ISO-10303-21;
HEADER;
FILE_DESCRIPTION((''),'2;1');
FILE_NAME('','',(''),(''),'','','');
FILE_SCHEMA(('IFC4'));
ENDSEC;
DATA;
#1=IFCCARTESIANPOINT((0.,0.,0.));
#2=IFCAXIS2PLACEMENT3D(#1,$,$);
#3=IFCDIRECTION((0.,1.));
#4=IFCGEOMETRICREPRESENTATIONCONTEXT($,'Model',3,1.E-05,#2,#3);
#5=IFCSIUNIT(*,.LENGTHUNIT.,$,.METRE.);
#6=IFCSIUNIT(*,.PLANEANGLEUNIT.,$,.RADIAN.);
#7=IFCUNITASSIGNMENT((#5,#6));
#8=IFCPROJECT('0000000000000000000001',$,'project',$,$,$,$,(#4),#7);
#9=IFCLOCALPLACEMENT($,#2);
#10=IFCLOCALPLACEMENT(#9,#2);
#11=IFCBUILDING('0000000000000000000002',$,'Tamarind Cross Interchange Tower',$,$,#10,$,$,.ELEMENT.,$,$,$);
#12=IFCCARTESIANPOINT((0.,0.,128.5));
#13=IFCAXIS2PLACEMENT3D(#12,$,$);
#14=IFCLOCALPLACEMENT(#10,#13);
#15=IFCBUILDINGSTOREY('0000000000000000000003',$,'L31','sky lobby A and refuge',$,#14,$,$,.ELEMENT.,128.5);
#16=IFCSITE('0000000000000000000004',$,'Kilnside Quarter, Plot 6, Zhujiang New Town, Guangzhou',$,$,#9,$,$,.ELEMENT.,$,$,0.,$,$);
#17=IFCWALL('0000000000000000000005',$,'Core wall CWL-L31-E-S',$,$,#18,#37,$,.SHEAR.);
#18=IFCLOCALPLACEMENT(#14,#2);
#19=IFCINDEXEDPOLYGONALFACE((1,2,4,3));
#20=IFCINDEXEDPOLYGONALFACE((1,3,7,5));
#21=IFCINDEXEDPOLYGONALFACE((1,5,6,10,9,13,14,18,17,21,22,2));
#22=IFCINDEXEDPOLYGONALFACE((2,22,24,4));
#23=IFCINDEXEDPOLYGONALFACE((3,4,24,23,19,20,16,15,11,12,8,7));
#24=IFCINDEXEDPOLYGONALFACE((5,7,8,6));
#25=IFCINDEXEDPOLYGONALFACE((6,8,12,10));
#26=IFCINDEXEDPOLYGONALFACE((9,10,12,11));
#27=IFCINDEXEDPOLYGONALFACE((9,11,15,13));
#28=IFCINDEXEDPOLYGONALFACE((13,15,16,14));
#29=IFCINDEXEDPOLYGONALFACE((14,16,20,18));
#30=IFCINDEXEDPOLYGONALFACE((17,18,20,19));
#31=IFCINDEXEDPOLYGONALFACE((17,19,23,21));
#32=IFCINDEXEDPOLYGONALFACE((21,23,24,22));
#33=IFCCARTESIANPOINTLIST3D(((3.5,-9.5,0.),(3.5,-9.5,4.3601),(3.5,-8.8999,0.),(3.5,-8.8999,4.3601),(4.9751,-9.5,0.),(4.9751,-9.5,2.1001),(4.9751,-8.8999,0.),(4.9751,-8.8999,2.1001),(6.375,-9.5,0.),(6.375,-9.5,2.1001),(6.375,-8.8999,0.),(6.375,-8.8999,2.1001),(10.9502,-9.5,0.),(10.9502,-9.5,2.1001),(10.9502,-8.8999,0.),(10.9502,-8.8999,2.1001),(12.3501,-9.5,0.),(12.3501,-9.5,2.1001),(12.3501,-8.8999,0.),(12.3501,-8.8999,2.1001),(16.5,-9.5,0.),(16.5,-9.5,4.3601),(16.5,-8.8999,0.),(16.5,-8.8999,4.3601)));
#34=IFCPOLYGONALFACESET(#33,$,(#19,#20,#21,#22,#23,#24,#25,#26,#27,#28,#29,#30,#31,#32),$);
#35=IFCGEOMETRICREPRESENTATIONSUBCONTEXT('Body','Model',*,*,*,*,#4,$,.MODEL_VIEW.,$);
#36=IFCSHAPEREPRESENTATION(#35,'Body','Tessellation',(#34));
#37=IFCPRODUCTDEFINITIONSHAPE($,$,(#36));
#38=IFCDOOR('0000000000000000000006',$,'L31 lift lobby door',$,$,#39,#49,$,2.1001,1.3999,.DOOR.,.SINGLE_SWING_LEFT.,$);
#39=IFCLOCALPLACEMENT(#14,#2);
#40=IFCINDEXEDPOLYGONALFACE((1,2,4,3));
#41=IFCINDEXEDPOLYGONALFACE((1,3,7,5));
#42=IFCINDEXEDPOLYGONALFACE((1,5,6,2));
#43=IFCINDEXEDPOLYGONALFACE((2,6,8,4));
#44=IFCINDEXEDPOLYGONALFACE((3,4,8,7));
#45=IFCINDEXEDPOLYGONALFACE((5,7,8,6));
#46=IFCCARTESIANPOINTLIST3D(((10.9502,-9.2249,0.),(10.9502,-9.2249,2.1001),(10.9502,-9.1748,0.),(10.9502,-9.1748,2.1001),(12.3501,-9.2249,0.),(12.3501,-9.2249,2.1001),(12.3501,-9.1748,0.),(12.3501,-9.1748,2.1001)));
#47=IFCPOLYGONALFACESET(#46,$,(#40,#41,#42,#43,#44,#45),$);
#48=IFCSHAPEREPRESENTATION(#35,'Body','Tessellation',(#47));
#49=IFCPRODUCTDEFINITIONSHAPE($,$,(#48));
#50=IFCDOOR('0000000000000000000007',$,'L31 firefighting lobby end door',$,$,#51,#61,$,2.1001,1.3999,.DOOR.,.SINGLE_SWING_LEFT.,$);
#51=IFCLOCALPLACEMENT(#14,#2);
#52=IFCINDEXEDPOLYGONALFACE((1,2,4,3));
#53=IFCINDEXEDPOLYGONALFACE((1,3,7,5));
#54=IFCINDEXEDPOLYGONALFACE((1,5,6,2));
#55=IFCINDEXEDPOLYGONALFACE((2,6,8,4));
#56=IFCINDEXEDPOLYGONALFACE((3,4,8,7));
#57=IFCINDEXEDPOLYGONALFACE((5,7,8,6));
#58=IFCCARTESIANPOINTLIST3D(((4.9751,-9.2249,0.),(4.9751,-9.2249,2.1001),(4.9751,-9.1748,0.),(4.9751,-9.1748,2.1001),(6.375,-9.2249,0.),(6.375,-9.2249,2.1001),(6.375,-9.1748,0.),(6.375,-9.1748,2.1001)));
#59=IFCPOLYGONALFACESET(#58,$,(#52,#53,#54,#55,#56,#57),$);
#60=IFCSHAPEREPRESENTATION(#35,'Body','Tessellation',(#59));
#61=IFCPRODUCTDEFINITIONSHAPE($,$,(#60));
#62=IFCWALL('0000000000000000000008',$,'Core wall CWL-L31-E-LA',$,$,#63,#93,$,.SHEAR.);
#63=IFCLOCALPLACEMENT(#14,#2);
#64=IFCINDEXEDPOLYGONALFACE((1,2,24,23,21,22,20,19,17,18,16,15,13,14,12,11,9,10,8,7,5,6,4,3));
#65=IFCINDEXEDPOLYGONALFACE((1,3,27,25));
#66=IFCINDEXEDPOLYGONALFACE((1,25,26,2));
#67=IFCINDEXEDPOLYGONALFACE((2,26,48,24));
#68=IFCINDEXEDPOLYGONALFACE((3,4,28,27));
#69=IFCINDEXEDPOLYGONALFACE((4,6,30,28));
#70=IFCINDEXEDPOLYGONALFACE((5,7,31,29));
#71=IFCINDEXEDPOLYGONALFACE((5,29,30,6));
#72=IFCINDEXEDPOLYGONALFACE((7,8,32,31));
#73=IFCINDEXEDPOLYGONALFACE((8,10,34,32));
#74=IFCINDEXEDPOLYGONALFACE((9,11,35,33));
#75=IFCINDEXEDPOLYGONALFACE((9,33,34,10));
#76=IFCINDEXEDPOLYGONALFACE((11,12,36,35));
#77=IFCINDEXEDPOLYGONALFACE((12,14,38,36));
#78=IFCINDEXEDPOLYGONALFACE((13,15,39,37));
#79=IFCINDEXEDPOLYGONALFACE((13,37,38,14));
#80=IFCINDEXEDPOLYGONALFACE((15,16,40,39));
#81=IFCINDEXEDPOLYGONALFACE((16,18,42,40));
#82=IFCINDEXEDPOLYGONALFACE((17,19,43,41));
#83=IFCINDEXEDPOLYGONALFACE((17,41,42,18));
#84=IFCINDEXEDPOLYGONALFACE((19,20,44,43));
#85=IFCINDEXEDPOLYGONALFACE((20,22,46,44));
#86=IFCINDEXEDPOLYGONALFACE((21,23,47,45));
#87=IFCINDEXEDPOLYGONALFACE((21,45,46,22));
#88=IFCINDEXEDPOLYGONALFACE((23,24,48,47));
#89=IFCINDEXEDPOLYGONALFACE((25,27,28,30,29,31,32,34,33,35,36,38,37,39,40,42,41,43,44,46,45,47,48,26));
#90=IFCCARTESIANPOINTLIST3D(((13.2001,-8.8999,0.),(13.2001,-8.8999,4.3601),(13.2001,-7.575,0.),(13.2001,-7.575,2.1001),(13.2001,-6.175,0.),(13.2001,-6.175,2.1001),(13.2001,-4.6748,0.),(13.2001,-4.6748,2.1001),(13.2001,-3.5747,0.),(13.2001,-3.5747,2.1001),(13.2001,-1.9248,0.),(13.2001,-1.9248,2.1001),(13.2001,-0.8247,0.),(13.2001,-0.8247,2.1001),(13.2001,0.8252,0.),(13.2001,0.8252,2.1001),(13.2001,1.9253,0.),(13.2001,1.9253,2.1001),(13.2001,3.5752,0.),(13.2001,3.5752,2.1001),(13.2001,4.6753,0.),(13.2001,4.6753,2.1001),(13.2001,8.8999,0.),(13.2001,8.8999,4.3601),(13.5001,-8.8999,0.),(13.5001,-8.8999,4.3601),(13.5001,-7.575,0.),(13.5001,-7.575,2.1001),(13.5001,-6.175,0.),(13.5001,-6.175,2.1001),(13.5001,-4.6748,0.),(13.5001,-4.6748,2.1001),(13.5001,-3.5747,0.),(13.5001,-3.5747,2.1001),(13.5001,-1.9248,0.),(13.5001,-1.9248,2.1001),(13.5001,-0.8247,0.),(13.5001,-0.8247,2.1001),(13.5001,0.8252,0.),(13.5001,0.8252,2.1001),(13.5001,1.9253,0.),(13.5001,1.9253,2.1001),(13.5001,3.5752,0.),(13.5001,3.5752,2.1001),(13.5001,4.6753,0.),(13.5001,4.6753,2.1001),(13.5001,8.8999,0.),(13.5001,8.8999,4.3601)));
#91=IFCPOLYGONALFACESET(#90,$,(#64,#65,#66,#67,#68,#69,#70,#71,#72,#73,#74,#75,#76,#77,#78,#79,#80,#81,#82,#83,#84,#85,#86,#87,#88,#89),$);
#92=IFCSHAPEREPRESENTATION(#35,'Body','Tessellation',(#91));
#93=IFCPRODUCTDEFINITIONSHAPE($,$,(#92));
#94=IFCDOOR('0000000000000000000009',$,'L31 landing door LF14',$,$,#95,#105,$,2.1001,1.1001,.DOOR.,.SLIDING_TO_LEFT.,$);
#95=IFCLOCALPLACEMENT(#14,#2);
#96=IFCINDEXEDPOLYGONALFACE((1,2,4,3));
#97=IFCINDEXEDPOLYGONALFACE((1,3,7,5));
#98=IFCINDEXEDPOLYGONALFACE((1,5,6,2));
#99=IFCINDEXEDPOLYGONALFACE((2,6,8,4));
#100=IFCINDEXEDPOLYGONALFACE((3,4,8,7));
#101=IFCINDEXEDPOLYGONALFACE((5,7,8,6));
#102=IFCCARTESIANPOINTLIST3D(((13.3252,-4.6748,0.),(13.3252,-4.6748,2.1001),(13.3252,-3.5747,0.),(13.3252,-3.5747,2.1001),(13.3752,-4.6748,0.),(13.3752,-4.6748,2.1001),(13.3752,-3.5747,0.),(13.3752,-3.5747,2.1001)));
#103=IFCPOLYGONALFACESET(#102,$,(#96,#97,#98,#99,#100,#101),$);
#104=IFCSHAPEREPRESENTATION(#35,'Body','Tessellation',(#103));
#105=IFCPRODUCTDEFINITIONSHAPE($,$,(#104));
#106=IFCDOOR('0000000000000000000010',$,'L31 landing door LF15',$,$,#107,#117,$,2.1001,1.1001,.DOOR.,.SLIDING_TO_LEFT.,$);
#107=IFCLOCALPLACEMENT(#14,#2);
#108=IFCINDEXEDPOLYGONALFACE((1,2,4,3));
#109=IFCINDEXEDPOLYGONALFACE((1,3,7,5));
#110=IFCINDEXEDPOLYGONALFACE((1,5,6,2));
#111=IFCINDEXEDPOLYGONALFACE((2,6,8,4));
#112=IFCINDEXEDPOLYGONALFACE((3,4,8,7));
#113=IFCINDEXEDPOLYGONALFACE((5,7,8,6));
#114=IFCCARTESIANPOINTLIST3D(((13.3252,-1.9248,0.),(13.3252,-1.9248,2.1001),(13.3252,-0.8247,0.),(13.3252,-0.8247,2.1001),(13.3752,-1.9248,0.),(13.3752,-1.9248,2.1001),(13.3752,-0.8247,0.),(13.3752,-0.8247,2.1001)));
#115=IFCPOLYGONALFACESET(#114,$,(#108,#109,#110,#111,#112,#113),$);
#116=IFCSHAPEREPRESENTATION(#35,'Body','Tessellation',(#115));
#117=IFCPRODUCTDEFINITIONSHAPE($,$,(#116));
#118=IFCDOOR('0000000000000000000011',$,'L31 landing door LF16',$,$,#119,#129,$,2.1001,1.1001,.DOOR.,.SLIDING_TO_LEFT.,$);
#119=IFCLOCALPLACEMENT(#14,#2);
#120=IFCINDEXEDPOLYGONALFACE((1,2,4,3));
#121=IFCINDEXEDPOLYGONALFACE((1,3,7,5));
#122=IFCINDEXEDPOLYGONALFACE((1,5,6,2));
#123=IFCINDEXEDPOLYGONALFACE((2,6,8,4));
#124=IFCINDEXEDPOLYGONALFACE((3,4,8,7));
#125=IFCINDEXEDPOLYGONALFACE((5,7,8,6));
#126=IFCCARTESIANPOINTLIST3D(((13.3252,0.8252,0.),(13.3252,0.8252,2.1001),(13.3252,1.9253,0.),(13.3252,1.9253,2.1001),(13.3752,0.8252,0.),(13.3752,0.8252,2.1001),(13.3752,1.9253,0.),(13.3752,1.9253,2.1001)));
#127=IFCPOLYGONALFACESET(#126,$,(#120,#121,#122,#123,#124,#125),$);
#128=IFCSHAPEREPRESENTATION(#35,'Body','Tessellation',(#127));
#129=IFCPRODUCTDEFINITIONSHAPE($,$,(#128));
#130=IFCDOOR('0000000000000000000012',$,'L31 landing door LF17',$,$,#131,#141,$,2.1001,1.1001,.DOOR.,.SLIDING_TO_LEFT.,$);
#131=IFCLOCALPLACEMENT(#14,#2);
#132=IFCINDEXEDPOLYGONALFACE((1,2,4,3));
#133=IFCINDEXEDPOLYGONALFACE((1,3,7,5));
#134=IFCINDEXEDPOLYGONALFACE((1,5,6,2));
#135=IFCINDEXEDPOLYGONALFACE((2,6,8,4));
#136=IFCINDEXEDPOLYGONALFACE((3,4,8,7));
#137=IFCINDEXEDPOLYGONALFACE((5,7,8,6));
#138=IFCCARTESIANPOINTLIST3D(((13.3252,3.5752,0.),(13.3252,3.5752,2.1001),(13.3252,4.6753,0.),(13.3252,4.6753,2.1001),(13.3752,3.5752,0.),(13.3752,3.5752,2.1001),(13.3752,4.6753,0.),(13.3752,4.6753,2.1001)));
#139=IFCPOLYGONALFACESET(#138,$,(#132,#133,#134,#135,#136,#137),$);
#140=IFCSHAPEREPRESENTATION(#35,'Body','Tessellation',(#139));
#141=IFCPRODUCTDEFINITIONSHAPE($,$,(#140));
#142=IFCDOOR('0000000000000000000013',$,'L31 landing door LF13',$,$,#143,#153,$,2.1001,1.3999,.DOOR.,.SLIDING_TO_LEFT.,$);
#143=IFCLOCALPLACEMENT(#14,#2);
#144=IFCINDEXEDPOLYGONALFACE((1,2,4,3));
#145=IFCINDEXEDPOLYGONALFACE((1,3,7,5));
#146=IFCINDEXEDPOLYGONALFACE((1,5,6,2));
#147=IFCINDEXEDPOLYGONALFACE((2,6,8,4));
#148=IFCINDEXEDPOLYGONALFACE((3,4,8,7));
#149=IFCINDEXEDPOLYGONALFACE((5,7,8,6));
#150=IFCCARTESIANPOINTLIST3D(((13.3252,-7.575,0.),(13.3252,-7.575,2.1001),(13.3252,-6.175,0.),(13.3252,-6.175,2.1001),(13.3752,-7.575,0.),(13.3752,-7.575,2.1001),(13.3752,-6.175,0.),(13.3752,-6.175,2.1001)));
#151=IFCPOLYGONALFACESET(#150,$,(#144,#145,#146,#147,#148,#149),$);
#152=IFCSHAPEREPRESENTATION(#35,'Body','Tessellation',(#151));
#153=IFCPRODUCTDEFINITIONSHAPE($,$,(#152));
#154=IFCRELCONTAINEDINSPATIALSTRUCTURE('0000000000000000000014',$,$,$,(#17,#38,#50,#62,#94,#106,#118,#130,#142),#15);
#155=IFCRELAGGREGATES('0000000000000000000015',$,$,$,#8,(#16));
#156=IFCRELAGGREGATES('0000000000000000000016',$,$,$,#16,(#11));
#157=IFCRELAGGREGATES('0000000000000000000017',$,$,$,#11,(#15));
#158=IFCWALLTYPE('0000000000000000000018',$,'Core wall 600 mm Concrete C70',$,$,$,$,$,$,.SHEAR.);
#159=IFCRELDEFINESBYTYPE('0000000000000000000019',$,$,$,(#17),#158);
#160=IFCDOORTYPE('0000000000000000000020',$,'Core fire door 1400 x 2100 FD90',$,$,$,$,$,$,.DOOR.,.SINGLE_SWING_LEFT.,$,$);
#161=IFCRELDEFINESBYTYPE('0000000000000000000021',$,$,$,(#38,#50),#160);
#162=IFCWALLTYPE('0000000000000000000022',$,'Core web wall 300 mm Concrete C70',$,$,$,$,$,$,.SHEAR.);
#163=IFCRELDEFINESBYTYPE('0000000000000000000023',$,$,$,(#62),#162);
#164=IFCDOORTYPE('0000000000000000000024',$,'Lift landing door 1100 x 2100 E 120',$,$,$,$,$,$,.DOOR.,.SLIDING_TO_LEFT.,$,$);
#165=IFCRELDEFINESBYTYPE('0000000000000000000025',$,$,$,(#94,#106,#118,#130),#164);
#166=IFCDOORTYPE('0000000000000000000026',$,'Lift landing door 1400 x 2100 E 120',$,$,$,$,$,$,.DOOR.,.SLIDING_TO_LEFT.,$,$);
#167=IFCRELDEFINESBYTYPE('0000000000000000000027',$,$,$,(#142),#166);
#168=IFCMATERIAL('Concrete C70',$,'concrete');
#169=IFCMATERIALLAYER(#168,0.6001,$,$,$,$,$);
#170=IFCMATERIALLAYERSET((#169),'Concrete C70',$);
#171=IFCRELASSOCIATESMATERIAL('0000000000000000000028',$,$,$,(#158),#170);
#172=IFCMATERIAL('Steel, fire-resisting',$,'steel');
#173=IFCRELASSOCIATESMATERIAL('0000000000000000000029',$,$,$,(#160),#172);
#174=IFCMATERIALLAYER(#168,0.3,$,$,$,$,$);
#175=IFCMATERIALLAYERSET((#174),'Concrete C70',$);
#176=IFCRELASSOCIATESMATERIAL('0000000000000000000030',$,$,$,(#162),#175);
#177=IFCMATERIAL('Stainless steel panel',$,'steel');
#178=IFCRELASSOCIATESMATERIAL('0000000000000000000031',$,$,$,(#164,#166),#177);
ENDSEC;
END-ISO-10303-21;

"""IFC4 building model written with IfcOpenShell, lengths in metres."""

from ifc_helpers import new_model, si_unit, direction, frame, frame_2d, origin, place, context, subcontext, project, spatial, rectangle, extrude, material, layer, layer_set, type_object, element, fill, save


model = new_model("IFC4")

# Units and contexts
model_context = context("Model", 3, precision=1e-05, world=origin(), true_north=direction((0.0, 1.0)))
body_context = subcontext(model_context, "Body", "Model", "MODEL_VIEW")
ifc_project = project(units=[si_unit("LENGTHUNIT", "METRE"), si_unit("PLANEANGLEUNIT", "RADIAN")], contexts=[model_context])

# Site, building, storey
site_placement = place(None, origin())
site = spatial("IfcSite", under=ifc_project, at=site_placement, Name="Kilnside Quarter, Plot 6, Zhujiang New Town, Guangzhou", CompositionType="ELEMENT", RefElevation=0.0)
building_placement = place(site_placement, origin())
building = spatial("IfcBuilding", under=site, at=building_placement, Name="Tamarind Cross Interchange Tower", CompositionType="ELEMENT")
storey_placement = place(building_placement, frame((0.0, 0.0, 128.5)))
storey = spatial("IfcBuildingStorey", under=building, at=storey_placement, Name="L31", Description="sky lobby A and refuge", CompositionType="ELEMENT", Elevation=128.5)

# Walls, openings, doors
ifc_material_1 = material(Name="Concrete C70", Category="concrete")
ifc_layer_1 = layer(ifc_material_1, 0.6001)
ifc_layer_set_1 = layer_set([ifc_layer_1], Name="Concrete C70")
wall_type_1 = type_object("IfcWallType", Name="Core wall 600 mm Concrete C70", PredefinedType="SHEAR", material=ifc_layer_set_1)
wall_1_placement = place(storey_placement, frame((16.5, -9.2, 0.0), z_axis=(0.0, 0.0, 1.0), x_axis=(-1.0, 0.0, 0.0)))
wall_1 = element("IfcWall", 1, at=wall_1_placement, inside=storey, type_object=wall_type_1, Name="Core wall CWL-L31-E-S", PredefinedType="SHEAR", context=body_context, shape_type="SweptSolid", body=[
    extrude(rectangle(XDim=13.0, YDim=0.6001, at=frame_2d((6.5, 0.0))), origin(), (0.0, 0.0, 1.0), 4.3601),
])
opening_1_placement = place(wall_1_placement, frame((4.1499, 0.0, 0.0)))
opening_1 = element("IfcOpeningElement", 2, at=opening_1_placement, cuts=wall_1, PredefinedType="OPENING", context=body_context, shape_type="SweptSolid", body=[
    extrude(rectangle(XDim=1.3999, YDim=2.1001, at=frame_2d((0.7, 1.05))), frame((0.0, 0.3101, 0.0), z_axis=(0.0, -1.0, 0.0), x_axis=(1.0, 0.0, 0.0)), (0.0, 0.0, 1.0), 0.6201),
])
opening_2_placement = place(wall_1_placement, frame((10.125, 0.0, 0.0)))
opening_2 = element("IfcOpeningElement", 3, at=opening_2_placement, cuts=wall_1, PredefinedType="OPENING", context=body_context, shape_type="SweptSolid", body=[
    extrude(rectangle(XDim=1.3999, YDim=2.1001, at=frame_2d((0.7, 1.05))), frame((0.0, 0.3101, 0.0), z_axis=(0.0, -1.0, 0.0), x_axis=(1.0, 0.0, 0.0)), (0.0, 0.0, 1.0), 0.6201),
])
ifc_material_2 = material(Name="Steel, fire-resisting", Category="steel")
door_type_1 = type_object("IfcDoorType", Name="Core fire door 1400 x 2100 FD90", OperationType="SINGLE_SWING_LEFT", PredefinedType="DOOR", material=ifc_material_2)
door_1_placement = place(opening_1_placement, origin())
door_1 = element("IfcDoor", 4, at=door_1_placement, inside=storey, type_object=door_type_1, Name="L31 lift lobby door", OperationType="SINGLE_SWING_LEFT", OverallHeight=2.1001, OverallWidth=1.3999, PredefinedType="DOOR", context=body_context, shape_type="SweptSolid", body=[
    extrude(rectangle(XDim=1.3999, YDim=2.1001, at=frame_2d((0.7, 1.05))), frame((0.0, 0.0249, 0.0), z_axis=(0.0, -1.0, 0.0), x_axis=(1.0, 0.0, 0.0)), (0.0, 0.0, 1.0), 0.05),
])
fill(opening_1, door_1)
door_2_placement = place(opening_2_placement, origin())
door_2 = element("IfcDoor", 5, at=door_2_placement, inside=storey, type_object=door_type_1, Name="L31 firefighting lobby end door", OperationType="SINGLE_SWING_LEFT", OverallHeight=2.1001, OverallWidth=1.3999, PredefinedType="DOOR", context=body_context, shape_type="SweptSolid", body=[
    extrude(rectangle(XDim=1.3999, YDim=2.1001, at=frame_2d((0.7, 1.05))), frame((0.0, 0.0249, 0.0), z_axis=(0.0, -1.0, 0.0), x_axis=(1.0, 0.0, 0.0)), (0.0, 0.0, 1.0), 0.05),
])
fill(opening_2, door_2)
ifc_layer_2 = layer(ifc_material_1, 0.3)
ifc_layer_set_2 = layer_set([ifc_layer_2], Name="Concrete C70")
wall_type_2 = type_object("IfcWallType", Name="Core web wall 300 mm Concrete C70", PredefinedType="SHEAR", material=ifc_layer_set_2)
wall_2_placement = place(storey_placement, frame((13.3501, -8.8999, 0.0), z_axis=(0.0, 0.0, 1.0), x_axis=(0.0, 1.0, 0.0)))
wall_2 = element("IfcWall", 6, at=wall_2_placement, inside=storey, type_object=wall_type_2, Name="Core wall CWL-L31-E-LA", PredefinedType="SHEAR", context=body_context, shape_type="SweptSolid", body=[
    extrude(rectangle(XDim=17.7998, YDim=0.3, at=frame_2d((8.8999, 0.0))), origin(), (0.0, 0.0, 1.0), 4.3601),
])
opening_3_placement = place(wall_2_placement, frame((1.325, 0.0, 0.0)))
opening_3 = element("IfcOpeningElement", 7, at=opening_3_placement, cuts=wall_2, PredefinedType="OPENING", context=body_context, shape_type="SweptSolid", body=[
    extrude(rectangle(XDim=1.3999, YDim=2.1001, at=frame_2d((0.7, 1.05))), frame((0.0, 0.1599, 0.0), z_axis=(0.0, -1.0, 0.0), x_axis=(1.0, 0.0, 0.0)), (0.0, 0.0, 1.0), 0.3201),
])
opening_4_placement = place(wall_2_placement, frame((4.2251, 0.0, 0.0)))
opening_4 = element("IfcOpeningElement", 8, at=opening_4_placement, cuts=wall_2, PredefinedType="OPENING", context=body_context, shape_type="SweptSolid", body=[
    extrude(rectangle(XDim=1.1001, YDim=2.1001, at=frame_2d((0.55, 1.05))), frame((0.0, 0.1599, 0.0), z_axis=(0.0, -1.0, 0.0), x_axis=(1.0, 0.0, 0.0)), (0.0, 0.0, 1.0), 0.3201),
])
opening_5_placement = place(wall_2_placement, frame((6.9751, 0.0, 0.0)))
opening_5 = element("IfcOpeningElement", 9, at=opening_5_placement, cuts=wall_2, PredefinedType="OPENING", context=body_context, shape_type="SweptSolid", body=[
    extrude(rectangle(XDim=1.1001, YDim=2.1001, at=frame_2d((0.55, 1.05))), frame((0.0, 0.1599, 0.0), z_axis=(0.0, -1.0, 0.0), x_axis=(1.0, 0.0, 0.0)), (0.0, 0.0, 1.0), 0.3201),
])
opening_6_placement = place(wall_2_placement, frame((9.7251, 0.0, 0.0)))
opening_6 = element("IfcOpeningElement", 10, at=opening_6_placement, cuts=wall_2, PredefinedType="OPENING", context=body_context, shape_type="SweptSolid", body=[
    extrude(rectangle(XDim=1.1001, YDim=2.1001, at=frame_2d((0.55, 1.05))), frame((0.0, 0.1599, 0.0), z_axis=(0.0, -1.0, 0.0), x_axis=(1.0, 0.0, 0.0)), (0.0, 0.0, 1.0), 0.3201),
])
opening_7_placement = place(wall_2_placement, frame((12.4751, 0.0, 0.0)))
opening_7 = element("IfcOpeningElement", 11, at=opening_7_placement, cuts=wall_2, PredefinedType="OPENING", context=body_context, shape_type="SweptSolid", body=[
    extrude(rectangle(XDim=1.1001, YDim=2.1001, at=frame_2d((0.55, 1.05))), frame((0.0, 0.1599, 0.0), z_axis=(0.0, -1.0, 0.0), x_axis=(1.0, 0.0, 0.0)), (0.0, 0.0, 1.0), 0.3201),
])
ifc_material_3 = material(Name="Stainless steel panel", Category="steel")
door_type_2 = type_object("IfcDoorType", Name="Lift landing door 1100 x 2100 E 120", OperationType="SLIDING_TO_LEFT", PredefinedType="DOOR", material=ifc_material_3)
door_3_placement = place(opening_4_placement, origin())
door_3 = element("IfcDoor", 12, at=door_3_placement, inside=storey, type_object=door_type_2, Name="L31 landing door LF14", OperationType="SLIDING_TO_LEFT", OverallHeight=2.1001, OverallWidth=1.1001, PredefinedType="DOOR", context=body_context, shape_type="SweptSolid", body=[
    extrude(rectangle(XDim=1.1001, YDim=2.1001, at=frame_2d((0.55, 1.05))), frame((0.0, 0.0249, 0.0), z_axis=(0.0, -1.0, 0.0), x_axis=(1.0, 0.0, 0.0)), (0.0, 0.0, 1.0), 0.05),
])
fill(opening_4, door_3)
door_4_placement = place(opening_5_placement, origin())
door_4 = element("IfcDoor", 13, at=door_4_placement, inside=storey, type_object=door_type_2, Name="L31 landing door LF15", OperationType="SLIDING_TO_LEFT", OverallHeight=2.1001, OverallWidth=1.1001, PredefinedType="DOOR", context=body_context, shape_type="SweptSolid", body=[
    extrude(rectangle(XDim=1.1001, YDim=2.1001, at=frame_2d((0.55, 1.05))), frame((0.0, 0.0249, 0.0), z_axis=(0.0, -1.0, 0.0), x_axis=(1.0, 0.0, 0.0)), (0.0, 0.0, 1.0), 0.05),
])
fill(opening_5, door_4)
door_5_placement = place(opening_6_placement, origin())
door_5 = element("IfcDoor", 14, at=door_5_placement, inside=storey, type_object=door_type_2, Name="L31 landing door LF16", OperationType="SLIDING_TO_LEFT", OverallHeight=2.1001, OverallWidth=1.1001, PredefinedType="DOOR", context=body_context, shape_type="SweptSolid", body=[
    extrude(rectangle(XDim=1.1001, YDim=2.1001, at=frame_2d((0.55, 1.05))), frame((0.0, 0.0249, 0.0), z_axis=(0.0, -1.0, 0.0), x_axis=(1.0, 0.0, 0.0)), (0.0, 0.0, 1.0), 0.05),
])
fill(opening_6, door_5)
door_6_placement = place(opening_7_placement, origin())
door_6 = element("IfcDoor", 15, at=door_6_placement, inside=storey, type_object=door_type_2, Name="L31 landing door LF17", OperationType="SLIDING_TO_LEFT", OverallHeight=2.1001, OverallWidth=1.1001, PredefinedType="DOOR", context=body_context, shape_type="SweptSolid", body=[
    extrude(rectangle(XDim=1.1001, YDim=2.1001, at=frame_2d((0.55, 1.05))), frame((0.0, 0.0249, 0.0), z_axis=(0.0, -1.0, 0.0), x_axis=(1.0, 0.0, 0.0)), (0.0, 0.0, 1.0), 0.05),
])
fill(opening_7, door_6)
door_type_3 = type_object("IfcDoorType", Name="Lift landing door 1400 x 2100 E 120", OperationType="SLIDING_TO_LEFT", PredefinedType="DOOR", material=ifc_material_3)
door_7_placement = place(opening_3_placement, origin())
door_7 = element("IfcDoor", 16, at=door_7_placement, inside=storey, type_object=door_type_3, Name="L31 landing door LF13", OperationType="SLIDING_TO_LEFT", OverallHeight=2.1001, OverallWidth=1.3999, PredefinedType="DOOR", context=body_context, shape_type="SweptSolid", body=[
    extrude(rectangle(XDim=1.3999, YDim=2.1001, at=frame_2d((0.7, 1.05))), frame((0.0, 0.0249, 0.0), z_axis=(0.0, -1.0, 0.0), x_axis=(1.0, 0.0, 0.0)), (0.0, 0.0, 1.0), 0.05),
])
fill(opening_3, door_7)

save(model, "model.ifc")
